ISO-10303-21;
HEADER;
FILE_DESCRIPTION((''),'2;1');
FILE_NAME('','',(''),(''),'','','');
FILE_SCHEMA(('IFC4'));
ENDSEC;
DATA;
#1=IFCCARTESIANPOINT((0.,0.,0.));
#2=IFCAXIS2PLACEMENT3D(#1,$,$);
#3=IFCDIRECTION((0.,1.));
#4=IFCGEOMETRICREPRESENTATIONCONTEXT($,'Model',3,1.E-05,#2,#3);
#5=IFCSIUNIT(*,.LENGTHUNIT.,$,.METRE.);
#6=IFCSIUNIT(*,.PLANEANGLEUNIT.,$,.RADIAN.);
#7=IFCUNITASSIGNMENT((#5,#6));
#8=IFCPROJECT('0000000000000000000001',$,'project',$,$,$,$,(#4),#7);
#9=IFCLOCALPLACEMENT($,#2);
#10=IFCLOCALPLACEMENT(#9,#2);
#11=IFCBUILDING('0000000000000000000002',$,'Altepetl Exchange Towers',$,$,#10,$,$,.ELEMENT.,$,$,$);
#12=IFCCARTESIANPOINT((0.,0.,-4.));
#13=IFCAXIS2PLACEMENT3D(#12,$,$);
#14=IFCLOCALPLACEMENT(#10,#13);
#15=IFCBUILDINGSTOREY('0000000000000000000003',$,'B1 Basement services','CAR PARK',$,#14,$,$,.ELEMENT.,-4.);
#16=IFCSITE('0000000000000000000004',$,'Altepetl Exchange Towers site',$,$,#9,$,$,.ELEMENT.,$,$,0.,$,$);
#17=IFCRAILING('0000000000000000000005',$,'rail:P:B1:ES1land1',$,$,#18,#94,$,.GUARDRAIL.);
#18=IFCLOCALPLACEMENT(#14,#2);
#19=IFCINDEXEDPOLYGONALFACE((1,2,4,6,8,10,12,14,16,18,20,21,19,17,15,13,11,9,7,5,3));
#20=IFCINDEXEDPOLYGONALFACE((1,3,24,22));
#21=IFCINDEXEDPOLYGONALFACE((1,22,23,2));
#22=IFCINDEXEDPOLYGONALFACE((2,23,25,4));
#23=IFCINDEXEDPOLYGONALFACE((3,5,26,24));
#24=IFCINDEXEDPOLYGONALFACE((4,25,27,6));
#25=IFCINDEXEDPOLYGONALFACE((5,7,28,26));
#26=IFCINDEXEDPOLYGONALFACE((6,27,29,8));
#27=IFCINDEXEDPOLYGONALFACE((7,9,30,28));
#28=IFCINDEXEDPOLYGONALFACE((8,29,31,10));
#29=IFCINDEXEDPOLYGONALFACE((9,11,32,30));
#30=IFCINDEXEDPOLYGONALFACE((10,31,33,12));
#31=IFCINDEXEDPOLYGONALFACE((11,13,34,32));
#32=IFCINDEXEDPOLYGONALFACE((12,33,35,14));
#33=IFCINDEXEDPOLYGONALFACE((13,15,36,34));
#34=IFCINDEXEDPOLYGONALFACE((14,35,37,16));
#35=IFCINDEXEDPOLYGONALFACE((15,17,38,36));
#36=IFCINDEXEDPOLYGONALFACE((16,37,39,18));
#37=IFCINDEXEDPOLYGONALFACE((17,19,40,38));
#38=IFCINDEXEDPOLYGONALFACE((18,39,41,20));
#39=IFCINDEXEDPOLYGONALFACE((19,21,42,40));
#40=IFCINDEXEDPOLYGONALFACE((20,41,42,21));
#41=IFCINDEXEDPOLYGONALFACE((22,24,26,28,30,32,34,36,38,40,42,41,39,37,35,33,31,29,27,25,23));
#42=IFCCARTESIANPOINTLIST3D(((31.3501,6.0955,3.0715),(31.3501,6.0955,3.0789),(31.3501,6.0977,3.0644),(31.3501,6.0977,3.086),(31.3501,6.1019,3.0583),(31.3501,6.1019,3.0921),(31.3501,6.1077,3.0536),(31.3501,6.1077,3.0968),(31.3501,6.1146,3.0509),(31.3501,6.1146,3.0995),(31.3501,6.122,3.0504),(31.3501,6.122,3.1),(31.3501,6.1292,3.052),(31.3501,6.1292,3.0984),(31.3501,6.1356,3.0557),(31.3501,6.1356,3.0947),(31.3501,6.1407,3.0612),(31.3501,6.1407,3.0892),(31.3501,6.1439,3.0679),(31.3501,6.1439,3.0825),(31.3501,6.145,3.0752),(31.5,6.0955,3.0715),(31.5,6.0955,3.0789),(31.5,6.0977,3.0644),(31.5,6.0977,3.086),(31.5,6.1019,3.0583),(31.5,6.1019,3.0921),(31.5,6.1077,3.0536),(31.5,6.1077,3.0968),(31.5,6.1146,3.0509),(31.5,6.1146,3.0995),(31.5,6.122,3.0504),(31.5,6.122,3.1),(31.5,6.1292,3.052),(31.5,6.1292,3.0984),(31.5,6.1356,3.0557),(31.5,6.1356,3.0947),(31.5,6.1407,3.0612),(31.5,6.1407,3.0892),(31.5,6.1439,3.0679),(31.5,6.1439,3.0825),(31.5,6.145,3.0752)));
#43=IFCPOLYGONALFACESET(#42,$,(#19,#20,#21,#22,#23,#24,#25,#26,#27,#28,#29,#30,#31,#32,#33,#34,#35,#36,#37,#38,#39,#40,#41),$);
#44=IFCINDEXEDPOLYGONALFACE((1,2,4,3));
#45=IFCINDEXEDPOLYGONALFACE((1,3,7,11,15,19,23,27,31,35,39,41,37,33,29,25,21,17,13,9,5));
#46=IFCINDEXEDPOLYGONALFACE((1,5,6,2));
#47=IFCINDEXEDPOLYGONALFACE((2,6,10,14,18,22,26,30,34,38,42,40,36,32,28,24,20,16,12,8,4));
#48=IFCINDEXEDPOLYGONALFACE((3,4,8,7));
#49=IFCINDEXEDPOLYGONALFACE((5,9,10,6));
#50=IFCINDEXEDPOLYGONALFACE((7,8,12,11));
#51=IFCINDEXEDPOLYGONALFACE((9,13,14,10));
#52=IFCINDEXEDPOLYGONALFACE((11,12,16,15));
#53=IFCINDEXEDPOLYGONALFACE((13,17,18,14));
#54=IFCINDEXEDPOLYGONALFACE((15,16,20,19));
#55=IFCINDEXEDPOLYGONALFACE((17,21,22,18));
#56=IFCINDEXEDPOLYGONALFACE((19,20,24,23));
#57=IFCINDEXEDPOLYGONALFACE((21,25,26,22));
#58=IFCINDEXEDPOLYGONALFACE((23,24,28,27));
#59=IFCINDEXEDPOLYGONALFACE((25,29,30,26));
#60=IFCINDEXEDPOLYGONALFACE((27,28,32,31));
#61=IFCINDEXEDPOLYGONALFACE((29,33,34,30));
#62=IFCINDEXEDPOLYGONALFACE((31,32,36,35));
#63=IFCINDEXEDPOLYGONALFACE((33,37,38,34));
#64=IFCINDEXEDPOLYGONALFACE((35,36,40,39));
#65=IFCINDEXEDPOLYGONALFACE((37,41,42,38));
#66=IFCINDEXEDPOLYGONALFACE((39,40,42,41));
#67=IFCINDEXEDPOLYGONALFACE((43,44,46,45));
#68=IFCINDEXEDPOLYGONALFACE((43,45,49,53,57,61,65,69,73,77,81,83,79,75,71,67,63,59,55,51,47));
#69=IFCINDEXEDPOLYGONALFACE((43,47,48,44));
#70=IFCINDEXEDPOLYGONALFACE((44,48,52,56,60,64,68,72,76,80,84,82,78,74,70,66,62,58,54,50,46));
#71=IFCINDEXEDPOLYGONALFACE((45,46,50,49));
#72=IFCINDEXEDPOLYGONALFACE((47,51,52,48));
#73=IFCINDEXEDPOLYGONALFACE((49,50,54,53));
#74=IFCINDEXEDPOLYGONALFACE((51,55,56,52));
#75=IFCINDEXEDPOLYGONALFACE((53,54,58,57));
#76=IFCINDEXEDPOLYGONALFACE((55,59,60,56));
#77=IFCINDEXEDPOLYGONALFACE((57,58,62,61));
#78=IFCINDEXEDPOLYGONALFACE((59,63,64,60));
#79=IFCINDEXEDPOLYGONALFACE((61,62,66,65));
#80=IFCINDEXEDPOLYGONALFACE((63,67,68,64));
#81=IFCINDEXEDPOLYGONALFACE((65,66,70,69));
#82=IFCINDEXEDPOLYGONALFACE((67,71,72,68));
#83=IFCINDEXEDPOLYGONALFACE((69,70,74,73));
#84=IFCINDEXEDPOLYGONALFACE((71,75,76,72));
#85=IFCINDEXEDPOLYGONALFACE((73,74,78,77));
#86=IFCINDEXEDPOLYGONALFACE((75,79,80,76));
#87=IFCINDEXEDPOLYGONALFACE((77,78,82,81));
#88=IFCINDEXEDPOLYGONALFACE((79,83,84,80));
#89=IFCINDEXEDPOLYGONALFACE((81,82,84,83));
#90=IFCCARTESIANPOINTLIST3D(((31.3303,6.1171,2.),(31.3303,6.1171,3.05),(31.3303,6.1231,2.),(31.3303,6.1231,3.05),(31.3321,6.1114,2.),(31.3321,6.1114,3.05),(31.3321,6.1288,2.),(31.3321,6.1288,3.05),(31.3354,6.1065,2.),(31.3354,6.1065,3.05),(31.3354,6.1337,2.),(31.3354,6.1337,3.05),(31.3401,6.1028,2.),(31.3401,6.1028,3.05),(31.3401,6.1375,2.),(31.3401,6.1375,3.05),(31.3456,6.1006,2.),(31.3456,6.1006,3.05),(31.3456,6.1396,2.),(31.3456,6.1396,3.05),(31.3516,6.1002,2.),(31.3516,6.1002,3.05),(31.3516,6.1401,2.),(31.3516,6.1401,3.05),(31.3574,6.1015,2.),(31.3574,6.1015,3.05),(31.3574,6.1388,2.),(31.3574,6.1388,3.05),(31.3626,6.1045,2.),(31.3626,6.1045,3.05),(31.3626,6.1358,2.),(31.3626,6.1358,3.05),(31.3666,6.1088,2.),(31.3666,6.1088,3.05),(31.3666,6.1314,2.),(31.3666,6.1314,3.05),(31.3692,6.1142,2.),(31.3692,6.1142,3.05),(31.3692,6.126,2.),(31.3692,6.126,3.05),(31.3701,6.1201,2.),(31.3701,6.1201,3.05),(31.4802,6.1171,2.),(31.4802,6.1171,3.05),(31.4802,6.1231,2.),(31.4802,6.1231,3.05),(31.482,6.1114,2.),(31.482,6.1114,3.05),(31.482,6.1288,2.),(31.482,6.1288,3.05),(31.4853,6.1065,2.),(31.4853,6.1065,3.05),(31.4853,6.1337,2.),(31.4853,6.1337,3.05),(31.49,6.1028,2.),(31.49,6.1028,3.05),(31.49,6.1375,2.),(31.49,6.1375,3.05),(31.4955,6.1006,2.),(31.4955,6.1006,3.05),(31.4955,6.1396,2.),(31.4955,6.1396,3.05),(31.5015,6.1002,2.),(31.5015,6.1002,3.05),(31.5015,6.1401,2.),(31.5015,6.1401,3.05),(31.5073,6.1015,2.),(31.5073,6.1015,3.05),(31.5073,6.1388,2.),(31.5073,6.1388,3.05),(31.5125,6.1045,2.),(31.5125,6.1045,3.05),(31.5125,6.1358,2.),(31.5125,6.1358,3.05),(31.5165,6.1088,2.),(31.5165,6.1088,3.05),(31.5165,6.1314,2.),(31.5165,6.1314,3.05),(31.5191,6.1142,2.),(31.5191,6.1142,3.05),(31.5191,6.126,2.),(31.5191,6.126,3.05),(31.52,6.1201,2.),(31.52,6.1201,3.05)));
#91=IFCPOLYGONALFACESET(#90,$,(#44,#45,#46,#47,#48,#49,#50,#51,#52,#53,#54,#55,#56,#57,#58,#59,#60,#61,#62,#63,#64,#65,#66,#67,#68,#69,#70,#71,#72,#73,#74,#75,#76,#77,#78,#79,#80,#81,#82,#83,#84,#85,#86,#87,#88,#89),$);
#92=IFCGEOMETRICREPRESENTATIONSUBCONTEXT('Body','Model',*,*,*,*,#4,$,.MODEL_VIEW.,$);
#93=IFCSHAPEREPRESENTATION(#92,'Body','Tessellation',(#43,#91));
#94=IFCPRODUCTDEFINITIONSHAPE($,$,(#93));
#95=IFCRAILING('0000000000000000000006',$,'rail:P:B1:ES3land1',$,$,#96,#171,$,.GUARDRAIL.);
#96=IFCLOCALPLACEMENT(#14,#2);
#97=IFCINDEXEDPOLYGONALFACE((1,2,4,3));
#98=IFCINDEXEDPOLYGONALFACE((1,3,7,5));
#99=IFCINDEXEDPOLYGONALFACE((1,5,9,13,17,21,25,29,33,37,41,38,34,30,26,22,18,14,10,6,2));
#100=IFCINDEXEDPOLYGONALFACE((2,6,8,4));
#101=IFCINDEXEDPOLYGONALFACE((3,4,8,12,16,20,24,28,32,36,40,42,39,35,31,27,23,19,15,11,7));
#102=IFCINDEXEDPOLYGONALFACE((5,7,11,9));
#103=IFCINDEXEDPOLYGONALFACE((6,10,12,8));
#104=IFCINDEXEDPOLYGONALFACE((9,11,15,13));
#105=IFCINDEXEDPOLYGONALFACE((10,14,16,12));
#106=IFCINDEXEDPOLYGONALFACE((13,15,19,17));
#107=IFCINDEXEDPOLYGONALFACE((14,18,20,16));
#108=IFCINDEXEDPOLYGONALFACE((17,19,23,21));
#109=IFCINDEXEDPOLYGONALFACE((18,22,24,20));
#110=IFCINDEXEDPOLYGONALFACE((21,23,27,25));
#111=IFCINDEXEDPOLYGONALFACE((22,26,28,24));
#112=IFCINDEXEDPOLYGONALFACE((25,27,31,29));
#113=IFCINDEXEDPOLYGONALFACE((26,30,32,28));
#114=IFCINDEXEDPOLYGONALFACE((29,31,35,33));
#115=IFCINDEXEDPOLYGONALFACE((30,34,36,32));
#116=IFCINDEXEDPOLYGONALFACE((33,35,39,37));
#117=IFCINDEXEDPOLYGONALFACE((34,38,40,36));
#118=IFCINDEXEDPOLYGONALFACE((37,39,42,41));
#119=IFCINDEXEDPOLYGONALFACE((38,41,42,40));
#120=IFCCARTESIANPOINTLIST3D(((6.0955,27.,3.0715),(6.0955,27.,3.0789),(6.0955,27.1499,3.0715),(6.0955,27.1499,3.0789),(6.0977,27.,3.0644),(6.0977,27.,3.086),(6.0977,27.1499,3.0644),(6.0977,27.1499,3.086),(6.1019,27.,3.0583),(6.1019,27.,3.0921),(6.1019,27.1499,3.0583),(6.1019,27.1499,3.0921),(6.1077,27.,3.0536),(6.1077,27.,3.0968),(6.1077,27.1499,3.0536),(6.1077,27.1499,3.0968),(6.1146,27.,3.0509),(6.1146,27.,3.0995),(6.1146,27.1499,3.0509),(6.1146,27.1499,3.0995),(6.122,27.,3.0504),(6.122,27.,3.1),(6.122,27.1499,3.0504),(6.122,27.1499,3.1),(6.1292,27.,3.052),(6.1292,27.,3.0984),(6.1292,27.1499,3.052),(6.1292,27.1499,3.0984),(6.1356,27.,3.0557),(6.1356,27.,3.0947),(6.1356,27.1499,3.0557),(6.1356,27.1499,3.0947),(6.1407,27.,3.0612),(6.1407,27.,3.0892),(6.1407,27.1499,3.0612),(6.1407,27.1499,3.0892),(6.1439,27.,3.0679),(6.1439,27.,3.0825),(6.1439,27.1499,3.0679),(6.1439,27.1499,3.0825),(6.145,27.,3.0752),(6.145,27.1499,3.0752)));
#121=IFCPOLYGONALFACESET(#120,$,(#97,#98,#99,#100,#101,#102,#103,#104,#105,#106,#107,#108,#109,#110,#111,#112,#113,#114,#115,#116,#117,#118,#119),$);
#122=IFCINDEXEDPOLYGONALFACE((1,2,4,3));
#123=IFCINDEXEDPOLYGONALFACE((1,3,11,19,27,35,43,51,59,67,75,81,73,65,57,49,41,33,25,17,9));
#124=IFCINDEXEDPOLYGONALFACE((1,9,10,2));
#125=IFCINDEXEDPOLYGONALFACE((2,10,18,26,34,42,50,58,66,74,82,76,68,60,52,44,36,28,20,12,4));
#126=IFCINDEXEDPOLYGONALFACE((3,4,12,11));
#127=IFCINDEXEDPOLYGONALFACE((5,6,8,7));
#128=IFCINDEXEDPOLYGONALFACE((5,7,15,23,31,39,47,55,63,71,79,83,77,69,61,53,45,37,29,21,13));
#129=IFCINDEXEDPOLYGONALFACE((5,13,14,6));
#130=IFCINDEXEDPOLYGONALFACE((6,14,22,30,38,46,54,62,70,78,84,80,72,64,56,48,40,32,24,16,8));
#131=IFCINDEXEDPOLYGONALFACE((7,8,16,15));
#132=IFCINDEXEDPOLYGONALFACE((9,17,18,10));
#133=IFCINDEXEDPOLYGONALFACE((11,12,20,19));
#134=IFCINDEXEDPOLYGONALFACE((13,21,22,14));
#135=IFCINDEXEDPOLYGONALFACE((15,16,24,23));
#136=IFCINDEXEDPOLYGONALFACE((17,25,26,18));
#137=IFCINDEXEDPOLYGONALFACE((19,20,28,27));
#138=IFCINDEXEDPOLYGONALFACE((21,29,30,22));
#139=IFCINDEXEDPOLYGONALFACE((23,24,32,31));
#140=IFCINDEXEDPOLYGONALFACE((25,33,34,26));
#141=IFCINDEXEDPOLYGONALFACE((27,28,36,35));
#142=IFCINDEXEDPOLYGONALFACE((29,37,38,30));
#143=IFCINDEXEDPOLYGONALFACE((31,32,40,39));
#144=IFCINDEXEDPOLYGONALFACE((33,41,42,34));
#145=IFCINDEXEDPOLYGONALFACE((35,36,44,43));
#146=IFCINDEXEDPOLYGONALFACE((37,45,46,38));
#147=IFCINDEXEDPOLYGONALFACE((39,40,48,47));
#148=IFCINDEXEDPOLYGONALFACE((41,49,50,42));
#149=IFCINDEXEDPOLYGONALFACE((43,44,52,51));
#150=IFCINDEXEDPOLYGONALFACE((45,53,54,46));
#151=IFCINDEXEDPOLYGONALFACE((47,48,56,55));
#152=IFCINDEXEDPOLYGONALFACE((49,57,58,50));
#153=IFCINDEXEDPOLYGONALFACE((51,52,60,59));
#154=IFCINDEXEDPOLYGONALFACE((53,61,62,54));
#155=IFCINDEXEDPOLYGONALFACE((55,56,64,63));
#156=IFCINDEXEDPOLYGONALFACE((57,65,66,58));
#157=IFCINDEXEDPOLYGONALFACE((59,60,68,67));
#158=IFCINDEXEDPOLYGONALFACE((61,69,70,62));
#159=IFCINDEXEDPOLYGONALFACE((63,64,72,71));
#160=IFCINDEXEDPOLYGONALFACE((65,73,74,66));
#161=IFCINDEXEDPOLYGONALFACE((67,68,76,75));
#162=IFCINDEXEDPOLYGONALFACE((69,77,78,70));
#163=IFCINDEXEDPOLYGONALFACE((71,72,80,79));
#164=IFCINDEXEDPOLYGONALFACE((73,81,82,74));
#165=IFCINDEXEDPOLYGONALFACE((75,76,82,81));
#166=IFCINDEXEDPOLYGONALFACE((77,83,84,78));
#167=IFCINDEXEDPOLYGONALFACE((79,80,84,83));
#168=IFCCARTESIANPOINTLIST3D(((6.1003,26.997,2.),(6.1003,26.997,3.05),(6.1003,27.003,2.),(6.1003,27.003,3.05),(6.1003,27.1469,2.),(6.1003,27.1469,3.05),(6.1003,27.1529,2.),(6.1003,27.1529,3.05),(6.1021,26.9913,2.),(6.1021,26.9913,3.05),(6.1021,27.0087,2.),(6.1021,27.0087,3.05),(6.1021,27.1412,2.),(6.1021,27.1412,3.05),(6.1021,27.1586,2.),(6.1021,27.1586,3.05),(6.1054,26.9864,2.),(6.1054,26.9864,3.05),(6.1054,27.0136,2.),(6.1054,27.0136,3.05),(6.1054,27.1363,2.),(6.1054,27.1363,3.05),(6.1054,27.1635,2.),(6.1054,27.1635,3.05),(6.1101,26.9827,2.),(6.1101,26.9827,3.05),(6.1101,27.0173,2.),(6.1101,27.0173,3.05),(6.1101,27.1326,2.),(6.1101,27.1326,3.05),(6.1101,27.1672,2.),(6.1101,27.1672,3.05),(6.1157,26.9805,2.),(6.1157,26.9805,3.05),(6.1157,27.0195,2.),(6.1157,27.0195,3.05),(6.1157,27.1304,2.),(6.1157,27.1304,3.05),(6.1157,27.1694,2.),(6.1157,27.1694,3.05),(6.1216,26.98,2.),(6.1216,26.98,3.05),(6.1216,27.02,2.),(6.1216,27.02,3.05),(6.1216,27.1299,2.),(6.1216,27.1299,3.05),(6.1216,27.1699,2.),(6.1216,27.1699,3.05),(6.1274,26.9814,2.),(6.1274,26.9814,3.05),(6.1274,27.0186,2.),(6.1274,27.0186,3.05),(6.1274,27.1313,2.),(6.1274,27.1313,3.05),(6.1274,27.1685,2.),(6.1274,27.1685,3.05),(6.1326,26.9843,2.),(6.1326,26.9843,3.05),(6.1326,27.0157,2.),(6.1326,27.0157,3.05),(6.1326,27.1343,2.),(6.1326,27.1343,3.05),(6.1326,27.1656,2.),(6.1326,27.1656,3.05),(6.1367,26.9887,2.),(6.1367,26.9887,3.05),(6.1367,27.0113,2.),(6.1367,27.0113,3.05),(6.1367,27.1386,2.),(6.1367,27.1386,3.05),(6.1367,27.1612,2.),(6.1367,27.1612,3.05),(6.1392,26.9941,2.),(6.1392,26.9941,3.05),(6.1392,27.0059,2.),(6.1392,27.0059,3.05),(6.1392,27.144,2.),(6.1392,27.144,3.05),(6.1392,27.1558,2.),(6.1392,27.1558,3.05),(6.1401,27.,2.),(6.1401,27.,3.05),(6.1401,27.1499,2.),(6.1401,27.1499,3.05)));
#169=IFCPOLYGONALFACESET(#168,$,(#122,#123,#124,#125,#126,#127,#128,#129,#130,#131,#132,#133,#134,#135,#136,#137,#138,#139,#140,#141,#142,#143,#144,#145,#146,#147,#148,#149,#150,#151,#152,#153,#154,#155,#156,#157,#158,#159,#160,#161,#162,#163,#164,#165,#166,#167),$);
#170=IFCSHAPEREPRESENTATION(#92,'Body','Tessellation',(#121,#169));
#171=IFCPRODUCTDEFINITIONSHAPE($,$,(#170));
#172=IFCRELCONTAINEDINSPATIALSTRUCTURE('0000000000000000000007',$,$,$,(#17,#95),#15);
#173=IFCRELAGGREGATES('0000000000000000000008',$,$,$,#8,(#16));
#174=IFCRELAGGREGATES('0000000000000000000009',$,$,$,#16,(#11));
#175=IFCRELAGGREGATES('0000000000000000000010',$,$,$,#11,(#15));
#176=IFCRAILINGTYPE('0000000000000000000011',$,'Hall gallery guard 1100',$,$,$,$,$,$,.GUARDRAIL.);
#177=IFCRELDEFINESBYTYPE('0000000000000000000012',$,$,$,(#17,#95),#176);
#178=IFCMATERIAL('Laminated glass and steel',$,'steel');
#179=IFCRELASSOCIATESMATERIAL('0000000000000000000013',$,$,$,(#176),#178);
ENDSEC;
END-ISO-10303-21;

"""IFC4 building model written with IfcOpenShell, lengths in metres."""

from ifc_helpers import new_model, si_unit, direction, frame, origin, origin_2d, place, context, subcontext, project, spatial, circle, extrude, source, transform, mapped, material, type_object, element, save


model = new_model("IFC4")

# Units and contexts
model_context = context("Model", 3, precision=1e-05, world=origin(), true_north=direction((0.0, 1.0)))
body_context = subcontext(model_context, "Body", "Model", "MODEL_VIEW")
ifc_project = project(units=[si_unit("LENGTHUNIT", "METRE"), si_unit("PLANEANGLEUNIT", "RADIAN")], contexts=[model_context])

# Site, building, storey
site_placement = place(None, origin())
site = spatial("IfcSite", under=ifc_project, at=site_placement, Name="Altepetl Exchange Towers site", CompositionType="ELEMENT", RefElevation=0.0)
building_placement = place(site_placement, origin())
building = spatial("IfcBuilding", under=site, at=building_placement, Name="Altepetl Exchange Towers", CompositionType="ELEMENT")
storey_placement = place(building_placement, frame((0.0, 0.0, -4.0)))
storey = spatial("IfcBuildingStorey", under=building, at=storey_placement, Name="B1 Basement services", Description="CAR PARK", CompositionType="ELEMENT", Elevation=-4.0)

# Railings
ifc_material_1 = material(Name="Laminated glass and steel", Category="steel")
railing_type_1 = type_object("IfcRailingType", Name="Hall gallery guard 1100", PredefinedType="GUARDRAIL", material=ifc_material_1)
shared_shape_1 = source(origin(), body_context, "Body", "SweptSolid", [
    extrude(circle(Radius=0.02, at=origin_2d()), origin(), (0.0, 0.0, 1.0), 1.05),
])
for number, where, name in (
    (1, (31.3501, 6.1201, 2.0), "rail:P:B1:ES1land1"),
):
    element("IfcRailing", number, at=place(storey_placement, frame(where)), inside=storey, type_object=railing_type_1, Name=name, PredefinedType="GUARDRAIL", context=body_context, shape_type="SweptSolid", body=[
        extrude(circle(Radius=0.0249, at=origin_2d()), frame((0.0, 0.0, 1.0752), z_axis=(1.0, 0.0, 0.0), x_axis=(0.0, 1.0, 0.0)), (0.0, 0.0, 1.0), 0.1499),
        mapped(shared_shape_1, transform((0.0, 0.0, 0.0))),
        mapped(shared_shape_1, transform((0.1499, 0.0, 0.0))),
    ])
railing_1_placement = place(storey_placement, frame((6.1201, 27.1499, 2.0)))
element("IfcRailing", 2, at=railing_1_placement, inside=storey, type_object=railing_type_1, Name="rail:P:B1:ES3land1", PredefinedType="GUARDRAIL", context=body_context, shape_type="SweptSolid", body=[
    extrude(circle(Radius=0.0249, at=origin_2d()), frame((0.0, 0.0, 1.0752), z_axis=(0.0, -1.0, 0.0), x_axis=(1.0, 0.0, 0.0)), (0.0, 0.0, 1.0), 0.1499),
    mapped(shared_shape_1, transform((0.0, 0.0, 0.0))),
    mapped(shared_shape_1, transform((0.0, -0.1499, 0.0))),
])

save(model, "model.ifc")
